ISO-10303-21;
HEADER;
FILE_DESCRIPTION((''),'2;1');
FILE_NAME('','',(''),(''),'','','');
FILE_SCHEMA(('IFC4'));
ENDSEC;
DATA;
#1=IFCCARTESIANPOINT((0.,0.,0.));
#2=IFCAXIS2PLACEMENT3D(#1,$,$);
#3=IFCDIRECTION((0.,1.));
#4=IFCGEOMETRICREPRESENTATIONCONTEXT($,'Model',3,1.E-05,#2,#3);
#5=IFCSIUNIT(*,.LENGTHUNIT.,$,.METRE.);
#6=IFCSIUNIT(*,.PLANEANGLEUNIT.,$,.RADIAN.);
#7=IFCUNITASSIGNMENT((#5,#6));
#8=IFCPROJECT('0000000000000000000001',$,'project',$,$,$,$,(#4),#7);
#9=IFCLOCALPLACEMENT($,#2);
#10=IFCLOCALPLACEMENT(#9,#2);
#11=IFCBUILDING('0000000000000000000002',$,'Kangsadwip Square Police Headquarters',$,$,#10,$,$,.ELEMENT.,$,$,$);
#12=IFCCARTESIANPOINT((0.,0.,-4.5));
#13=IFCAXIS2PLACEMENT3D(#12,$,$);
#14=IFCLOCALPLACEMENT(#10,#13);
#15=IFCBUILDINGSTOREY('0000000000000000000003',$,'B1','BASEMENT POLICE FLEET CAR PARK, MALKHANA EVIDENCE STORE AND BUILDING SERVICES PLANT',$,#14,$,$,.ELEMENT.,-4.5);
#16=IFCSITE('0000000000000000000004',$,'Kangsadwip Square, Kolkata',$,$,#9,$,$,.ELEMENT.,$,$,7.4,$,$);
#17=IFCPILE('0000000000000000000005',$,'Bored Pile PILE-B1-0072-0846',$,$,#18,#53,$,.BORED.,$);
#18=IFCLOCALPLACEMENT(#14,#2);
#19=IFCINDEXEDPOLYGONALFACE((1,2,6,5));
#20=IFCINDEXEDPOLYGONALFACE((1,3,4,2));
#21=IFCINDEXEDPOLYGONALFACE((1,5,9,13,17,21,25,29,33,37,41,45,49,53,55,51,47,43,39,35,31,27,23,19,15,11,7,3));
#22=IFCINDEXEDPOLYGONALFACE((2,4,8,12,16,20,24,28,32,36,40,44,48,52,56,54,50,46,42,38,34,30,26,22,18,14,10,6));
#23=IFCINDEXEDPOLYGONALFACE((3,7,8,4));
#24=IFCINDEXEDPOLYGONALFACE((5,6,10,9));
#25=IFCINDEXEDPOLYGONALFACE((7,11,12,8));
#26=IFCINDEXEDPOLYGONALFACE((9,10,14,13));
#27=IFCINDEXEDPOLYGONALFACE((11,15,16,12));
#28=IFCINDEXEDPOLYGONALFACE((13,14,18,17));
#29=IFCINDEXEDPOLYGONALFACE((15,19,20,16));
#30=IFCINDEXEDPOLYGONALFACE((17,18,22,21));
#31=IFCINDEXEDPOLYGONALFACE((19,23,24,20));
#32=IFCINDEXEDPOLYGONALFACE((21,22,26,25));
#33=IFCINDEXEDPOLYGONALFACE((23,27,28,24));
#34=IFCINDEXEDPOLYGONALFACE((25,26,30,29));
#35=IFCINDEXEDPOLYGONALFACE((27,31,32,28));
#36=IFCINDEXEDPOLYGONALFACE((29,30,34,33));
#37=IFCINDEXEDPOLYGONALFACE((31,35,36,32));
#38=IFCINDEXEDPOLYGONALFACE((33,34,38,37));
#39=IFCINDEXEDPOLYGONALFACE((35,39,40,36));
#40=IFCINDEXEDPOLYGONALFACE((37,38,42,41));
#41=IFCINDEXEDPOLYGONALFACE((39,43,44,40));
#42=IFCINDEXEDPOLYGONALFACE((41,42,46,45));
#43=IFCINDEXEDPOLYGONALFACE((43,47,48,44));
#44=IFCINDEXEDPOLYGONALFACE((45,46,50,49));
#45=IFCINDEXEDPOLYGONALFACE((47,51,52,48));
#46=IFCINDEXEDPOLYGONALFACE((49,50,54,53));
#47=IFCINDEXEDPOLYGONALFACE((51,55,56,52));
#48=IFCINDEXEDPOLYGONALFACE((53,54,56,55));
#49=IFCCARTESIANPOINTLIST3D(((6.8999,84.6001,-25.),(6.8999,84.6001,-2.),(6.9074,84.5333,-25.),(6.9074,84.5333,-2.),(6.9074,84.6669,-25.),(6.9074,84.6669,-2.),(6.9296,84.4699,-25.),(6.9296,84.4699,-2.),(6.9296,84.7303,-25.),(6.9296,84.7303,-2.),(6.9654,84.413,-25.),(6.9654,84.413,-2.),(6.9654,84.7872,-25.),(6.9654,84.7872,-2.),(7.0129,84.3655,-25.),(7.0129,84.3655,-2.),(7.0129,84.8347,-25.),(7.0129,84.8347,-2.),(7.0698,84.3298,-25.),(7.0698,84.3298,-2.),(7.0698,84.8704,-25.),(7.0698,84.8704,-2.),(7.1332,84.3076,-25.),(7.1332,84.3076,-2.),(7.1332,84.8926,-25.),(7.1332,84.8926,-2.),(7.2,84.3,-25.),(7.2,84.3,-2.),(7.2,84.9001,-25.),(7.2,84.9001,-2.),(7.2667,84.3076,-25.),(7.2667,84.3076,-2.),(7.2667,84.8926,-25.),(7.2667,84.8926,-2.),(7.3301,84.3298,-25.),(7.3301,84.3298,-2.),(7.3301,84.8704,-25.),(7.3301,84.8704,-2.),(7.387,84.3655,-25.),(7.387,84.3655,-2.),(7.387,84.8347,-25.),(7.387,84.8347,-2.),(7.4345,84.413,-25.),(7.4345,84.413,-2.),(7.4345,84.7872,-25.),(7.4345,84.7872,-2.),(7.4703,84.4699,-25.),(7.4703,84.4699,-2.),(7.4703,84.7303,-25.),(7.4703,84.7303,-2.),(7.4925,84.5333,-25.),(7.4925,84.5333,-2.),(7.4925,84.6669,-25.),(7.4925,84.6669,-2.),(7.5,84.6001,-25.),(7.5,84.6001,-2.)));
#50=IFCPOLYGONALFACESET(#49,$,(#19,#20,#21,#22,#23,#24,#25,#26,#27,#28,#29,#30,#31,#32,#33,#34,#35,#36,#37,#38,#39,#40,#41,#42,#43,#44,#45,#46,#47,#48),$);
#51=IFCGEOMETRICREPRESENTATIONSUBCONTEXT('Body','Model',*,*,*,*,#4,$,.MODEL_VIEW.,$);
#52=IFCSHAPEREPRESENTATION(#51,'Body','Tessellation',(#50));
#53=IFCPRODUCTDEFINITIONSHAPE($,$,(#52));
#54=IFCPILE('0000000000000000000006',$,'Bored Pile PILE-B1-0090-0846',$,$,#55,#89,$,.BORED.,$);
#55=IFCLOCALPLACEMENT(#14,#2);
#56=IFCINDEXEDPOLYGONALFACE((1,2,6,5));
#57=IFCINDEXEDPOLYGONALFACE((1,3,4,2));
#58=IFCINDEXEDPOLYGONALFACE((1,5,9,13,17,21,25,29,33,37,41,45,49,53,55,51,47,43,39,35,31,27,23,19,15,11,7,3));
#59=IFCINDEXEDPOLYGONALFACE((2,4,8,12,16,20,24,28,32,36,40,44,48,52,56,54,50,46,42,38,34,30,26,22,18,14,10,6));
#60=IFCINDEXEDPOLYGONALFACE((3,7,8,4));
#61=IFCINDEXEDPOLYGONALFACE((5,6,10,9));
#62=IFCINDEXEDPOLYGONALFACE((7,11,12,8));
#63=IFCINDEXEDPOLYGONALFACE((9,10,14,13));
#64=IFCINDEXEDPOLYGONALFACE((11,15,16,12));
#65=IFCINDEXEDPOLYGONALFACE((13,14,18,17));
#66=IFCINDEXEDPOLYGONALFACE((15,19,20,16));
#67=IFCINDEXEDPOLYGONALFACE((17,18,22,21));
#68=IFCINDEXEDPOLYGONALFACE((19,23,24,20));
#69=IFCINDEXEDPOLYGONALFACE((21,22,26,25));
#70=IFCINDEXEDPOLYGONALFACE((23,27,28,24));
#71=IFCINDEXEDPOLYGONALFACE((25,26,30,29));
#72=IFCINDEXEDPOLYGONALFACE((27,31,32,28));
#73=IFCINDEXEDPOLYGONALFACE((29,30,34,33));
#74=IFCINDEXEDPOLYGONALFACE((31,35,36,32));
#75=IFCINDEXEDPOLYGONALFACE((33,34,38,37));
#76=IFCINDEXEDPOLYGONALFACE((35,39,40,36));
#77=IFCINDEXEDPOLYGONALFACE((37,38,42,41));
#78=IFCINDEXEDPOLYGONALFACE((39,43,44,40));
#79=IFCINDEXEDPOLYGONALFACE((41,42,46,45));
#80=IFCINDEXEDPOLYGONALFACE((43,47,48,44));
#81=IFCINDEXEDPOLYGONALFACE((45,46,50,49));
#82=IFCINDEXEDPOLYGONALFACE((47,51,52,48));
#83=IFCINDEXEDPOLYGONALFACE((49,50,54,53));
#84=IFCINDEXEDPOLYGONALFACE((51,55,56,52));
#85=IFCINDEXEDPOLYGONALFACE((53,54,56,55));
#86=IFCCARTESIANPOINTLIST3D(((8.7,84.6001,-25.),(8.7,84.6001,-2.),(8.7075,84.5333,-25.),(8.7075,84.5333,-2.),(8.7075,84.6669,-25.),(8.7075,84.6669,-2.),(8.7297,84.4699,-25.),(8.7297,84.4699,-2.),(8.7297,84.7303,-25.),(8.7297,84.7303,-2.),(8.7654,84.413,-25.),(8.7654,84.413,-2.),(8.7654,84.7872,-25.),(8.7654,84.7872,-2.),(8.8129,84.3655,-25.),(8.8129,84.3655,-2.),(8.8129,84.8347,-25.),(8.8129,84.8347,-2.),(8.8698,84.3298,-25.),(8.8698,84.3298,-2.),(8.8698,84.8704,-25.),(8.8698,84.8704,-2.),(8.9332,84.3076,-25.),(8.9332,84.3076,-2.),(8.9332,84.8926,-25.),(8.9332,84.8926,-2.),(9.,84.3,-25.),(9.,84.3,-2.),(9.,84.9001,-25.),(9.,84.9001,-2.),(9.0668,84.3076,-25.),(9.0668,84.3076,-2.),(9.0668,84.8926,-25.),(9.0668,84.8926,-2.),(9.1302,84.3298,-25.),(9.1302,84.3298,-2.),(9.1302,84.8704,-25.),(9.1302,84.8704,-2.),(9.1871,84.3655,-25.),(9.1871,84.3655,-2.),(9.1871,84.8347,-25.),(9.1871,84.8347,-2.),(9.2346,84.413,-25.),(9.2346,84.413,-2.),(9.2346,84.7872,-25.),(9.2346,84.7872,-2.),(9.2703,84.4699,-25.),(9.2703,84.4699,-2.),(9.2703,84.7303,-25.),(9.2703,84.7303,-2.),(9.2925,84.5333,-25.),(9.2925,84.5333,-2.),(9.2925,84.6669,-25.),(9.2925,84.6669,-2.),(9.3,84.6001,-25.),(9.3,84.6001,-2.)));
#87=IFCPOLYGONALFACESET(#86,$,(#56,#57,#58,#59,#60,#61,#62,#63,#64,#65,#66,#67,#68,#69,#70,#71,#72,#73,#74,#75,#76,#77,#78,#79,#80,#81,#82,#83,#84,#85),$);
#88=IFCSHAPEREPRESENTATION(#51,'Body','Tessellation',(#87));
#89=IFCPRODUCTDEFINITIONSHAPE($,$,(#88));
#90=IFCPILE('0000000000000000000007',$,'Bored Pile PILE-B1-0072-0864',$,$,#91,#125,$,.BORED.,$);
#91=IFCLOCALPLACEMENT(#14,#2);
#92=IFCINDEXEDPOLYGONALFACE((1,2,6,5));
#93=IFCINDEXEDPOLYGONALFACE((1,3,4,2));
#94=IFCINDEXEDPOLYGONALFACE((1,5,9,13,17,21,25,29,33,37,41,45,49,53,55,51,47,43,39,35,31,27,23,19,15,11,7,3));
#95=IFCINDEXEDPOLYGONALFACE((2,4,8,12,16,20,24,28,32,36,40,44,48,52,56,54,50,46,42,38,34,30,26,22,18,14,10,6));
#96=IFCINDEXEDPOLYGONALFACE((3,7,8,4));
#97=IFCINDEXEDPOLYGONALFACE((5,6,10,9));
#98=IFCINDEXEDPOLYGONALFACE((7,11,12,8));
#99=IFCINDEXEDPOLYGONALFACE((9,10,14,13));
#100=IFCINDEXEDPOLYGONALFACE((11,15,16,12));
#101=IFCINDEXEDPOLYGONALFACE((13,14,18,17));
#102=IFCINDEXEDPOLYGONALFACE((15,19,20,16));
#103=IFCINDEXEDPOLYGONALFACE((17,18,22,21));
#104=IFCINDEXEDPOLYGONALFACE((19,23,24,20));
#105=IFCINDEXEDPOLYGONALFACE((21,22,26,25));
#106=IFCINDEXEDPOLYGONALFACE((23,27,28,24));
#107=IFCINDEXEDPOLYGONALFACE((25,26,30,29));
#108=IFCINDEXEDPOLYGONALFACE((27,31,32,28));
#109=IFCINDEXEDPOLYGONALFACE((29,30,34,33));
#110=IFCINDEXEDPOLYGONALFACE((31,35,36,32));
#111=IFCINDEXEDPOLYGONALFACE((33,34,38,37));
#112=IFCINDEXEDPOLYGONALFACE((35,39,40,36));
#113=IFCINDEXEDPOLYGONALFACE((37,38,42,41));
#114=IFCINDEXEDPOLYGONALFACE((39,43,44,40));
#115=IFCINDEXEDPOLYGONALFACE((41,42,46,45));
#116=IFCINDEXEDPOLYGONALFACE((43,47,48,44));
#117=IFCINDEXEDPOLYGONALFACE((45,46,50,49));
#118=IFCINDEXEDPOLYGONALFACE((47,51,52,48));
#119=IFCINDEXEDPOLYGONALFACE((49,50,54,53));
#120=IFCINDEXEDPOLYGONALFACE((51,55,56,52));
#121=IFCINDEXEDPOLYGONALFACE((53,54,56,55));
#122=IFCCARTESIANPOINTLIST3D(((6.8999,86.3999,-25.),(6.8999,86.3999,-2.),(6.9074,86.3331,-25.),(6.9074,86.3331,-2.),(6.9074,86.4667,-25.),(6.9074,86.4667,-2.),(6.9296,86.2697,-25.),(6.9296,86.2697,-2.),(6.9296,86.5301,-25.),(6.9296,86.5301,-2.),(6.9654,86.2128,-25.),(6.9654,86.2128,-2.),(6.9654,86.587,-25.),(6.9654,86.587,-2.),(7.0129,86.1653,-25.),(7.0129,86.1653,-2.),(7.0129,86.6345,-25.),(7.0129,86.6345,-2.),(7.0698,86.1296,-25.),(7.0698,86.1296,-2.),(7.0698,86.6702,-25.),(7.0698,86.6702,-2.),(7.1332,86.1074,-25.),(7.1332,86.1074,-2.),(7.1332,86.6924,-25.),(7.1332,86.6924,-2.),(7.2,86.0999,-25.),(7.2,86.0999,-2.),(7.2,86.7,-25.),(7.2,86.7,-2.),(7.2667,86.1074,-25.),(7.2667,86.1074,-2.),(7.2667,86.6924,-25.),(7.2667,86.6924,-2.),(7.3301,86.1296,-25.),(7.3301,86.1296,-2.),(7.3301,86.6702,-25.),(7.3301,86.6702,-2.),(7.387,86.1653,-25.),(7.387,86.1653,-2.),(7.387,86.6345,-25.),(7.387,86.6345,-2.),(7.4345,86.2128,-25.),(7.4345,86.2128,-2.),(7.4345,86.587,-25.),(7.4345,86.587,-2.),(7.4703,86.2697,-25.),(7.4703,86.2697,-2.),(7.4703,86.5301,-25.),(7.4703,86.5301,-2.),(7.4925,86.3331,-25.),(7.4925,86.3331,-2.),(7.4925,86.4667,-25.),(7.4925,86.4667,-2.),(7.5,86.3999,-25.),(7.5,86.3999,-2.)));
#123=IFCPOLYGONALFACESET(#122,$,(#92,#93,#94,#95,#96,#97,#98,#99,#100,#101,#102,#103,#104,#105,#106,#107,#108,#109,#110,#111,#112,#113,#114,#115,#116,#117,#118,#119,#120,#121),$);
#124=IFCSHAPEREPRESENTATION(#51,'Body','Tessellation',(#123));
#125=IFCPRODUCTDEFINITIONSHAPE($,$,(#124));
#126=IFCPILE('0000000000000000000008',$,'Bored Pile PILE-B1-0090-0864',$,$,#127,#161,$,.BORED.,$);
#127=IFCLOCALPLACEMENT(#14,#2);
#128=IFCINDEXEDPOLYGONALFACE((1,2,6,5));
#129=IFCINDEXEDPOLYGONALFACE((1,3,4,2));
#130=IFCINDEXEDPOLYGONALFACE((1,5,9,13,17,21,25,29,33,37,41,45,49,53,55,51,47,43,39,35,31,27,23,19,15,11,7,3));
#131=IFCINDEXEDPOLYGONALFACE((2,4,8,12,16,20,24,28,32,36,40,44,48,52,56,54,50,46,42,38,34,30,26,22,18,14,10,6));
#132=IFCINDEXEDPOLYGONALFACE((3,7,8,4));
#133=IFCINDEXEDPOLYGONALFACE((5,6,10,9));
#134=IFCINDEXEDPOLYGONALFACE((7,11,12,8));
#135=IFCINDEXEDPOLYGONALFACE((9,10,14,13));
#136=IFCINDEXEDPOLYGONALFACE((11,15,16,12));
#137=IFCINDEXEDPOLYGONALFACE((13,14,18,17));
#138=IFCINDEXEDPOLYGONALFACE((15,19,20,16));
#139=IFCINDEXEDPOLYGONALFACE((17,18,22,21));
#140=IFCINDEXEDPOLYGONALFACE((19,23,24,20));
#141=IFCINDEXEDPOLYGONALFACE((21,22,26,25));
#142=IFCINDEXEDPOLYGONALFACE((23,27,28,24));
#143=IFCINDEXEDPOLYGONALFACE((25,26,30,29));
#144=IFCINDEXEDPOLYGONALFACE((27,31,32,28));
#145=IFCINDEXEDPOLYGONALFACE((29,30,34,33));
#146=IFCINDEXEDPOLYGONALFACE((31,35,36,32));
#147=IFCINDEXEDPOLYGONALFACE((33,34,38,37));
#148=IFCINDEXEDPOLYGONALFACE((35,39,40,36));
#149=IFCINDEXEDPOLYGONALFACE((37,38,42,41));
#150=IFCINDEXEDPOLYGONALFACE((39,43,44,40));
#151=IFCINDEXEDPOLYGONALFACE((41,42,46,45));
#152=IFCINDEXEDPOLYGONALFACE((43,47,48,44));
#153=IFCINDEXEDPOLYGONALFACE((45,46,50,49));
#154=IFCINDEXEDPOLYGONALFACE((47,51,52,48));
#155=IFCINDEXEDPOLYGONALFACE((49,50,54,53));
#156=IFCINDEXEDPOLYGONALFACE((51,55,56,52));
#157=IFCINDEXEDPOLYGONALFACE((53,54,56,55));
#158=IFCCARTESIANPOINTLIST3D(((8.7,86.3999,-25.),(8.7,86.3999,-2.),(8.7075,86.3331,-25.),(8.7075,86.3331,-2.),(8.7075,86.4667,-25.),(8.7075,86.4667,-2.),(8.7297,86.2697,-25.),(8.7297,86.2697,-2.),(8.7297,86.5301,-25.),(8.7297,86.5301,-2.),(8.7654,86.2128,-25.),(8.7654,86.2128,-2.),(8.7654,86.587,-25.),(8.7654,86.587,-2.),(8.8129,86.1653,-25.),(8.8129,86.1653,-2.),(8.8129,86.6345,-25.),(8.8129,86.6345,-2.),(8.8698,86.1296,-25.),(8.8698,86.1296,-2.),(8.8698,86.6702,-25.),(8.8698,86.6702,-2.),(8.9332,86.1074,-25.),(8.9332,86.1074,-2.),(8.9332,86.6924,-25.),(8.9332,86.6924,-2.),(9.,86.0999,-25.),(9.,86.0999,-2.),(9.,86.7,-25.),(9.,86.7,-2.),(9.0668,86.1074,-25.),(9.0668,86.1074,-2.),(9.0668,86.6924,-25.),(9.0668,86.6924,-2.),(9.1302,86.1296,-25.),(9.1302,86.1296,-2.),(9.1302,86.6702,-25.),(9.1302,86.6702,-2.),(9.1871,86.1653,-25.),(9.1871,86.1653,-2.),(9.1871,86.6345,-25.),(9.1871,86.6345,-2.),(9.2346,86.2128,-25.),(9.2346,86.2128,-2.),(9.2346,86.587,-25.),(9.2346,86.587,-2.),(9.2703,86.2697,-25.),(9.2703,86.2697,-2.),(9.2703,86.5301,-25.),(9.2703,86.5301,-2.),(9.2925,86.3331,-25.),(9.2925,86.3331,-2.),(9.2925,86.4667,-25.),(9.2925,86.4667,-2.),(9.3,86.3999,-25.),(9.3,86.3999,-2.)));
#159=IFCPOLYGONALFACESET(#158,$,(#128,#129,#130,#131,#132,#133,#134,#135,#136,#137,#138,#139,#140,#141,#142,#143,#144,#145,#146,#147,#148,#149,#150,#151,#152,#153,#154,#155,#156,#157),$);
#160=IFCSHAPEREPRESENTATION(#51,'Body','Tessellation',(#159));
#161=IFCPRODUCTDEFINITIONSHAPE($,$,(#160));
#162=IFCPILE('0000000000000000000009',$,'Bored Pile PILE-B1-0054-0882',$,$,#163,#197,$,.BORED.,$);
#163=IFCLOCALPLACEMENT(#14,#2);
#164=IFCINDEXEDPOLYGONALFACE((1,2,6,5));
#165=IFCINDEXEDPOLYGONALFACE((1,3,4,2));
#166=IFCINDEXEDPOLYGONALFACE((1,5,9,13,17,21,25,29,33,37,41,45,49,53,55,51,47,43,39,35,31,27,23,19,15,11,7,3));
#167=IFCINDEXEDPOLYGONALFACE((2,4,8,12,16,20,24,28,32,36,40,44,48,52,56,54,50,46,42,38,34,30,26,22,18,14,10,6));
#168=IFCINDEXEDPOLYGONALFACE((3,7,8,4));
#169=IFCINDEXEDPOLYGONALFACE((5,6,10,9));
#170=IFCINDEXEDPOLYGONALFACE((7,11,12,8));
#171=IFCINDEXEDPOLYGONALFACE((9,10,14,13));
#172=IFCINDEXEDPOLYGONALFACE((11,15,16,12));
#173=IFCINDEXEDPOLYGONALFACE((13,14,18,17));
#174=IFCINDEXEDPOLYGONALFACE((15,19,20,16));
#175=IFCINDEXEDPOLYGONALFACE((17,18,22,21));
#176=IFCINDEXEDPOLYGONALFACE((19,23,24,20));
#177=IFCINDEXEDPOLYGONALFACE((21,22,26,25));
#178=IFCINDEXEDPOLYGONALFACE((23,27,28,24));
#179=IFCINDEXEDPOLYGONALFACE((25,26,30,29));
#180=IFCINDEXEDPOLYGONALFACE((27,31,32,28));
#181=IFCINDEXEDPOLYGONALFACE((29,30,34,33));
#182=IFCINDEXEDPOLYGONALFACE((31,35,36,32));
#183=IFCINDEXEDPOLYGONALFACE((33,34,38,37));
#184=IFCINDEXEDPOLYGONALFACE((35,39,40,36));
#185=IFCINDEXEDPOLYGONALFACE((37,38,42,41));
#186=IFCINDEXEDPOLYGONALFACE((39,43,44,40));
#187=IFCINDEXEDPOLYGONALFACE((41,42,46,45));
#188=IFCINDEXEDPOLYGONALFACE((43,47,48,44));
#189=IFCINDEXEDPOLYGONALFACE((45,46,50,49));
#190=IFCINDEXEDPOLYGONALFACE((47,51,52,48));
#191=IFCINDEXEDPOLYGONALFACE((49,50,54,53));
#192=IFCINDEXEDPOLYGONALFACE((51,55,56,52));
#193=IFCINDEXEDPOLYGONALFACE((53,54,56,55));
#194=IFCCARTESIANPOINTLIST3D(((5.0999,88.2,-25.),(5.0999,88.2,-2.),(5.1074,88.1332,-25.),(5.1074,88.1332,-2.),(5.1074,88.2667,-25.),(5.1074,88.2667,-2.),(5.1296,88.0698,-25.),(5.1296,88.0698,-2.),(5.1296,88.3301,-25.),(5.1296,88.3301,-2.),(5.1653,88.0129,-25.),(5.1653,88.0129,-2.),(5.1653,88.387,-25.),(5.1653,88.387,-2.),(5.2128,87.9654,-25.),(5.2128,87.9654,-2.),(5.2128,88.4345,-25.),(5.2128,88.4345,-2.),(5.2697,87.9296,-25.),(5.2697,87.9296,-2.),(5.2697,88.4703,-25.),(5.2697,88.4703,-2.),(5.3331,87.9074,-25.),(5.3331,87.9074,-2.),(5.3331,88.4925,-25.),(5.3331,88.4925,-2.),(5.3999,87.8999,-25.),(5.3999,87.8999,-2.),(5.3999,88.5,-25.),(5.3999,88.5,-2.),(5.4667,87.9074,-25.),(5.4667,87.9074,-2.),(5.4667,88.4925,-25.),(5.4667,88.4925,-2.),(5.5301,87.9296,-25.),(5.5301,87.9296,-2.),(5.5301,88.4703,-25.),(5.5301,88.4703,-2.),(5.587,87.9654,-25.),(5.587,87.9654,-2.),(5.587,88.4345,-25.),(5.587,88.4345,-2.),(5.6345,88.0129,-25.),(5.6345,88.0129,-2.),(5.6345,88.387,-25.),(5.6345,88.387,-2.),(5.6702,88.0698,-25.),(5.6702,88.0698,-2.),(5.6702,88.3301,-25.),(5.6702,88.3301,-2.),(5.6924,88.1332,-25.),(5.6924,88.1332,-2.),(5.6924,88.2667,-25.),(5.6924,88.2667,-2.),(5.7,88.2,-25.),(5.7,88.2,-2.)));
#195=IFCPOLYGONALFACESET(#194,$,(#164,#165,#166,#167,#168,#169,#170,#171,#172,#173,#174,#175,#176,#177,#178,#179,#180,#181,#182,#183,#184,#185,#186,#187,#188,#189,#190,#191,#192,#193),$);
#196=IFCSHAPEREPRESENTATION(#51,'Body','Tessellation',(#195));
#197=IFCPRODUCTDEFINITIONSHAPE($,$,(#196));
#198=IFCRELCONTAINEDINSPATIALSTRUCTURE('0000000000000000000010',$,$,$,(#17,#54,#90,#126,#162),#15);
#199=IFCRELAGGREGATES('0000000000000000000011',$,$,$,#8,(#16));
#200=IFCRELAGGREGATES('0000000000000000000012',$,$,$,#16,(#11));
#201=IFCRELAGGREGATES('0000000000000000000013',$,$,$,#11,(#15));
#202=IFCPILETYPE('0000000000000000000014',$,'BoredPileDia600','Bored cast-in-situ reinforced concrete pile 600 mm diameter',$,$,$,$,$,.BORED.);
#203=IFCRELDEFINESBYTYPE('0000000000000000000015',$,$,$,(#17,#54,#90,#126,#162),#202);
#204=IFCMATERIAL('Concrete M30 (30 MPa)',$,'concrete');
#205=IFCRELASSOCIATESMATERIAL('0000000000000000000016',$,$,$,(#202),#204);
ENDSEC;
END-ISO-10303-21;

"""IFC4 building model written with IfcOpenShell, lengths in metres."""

from ifc_helpers import new_model, si_unit, direction, frame, origin, origin_2d, place, context, subcontext, project, spatial, circle, extrude, material, material_profile, profile_set, type_object, element, save


model = new_model("IFC4")

# Units and contexts
model_context = context("Model", 3, precision=1e-05, world=origin(), true_north=direction((0.0, 1.0)))
body_context = subcontext(model_context, "Body", "Model", "MODEL_VIEW")
ifc_project = project(units=[si_unit("LENGTHUNIT", "METRE"), si_unit("PLANEANGLEUNIT", "RADIAN")], contexts=[model_context])

# Site, building, storey
site_placement = place(None, origin())
site = spatial("IfcSite", under=ifc_project, at=site_placement, Name="Kangsadwip Square, Kolkata", CompositionType="ELEMENT", RefElevation=7.4)
building_placement = place(site_placement, origin())
building = spatial("IfcBuilding", under=site, at=building_placement, Name="Kangsadwip Square Police Headquarters", CompositionType="ELEMENT")
storey_placement = place(building_placement, frame((0.0, 0.0, -4.5)))
storey = spatial("IfcBuildingStorey", under=building, at=storey_placement, Name="B1", Description="BASEMENT POLICE FLEET CAR PARK, MALKHANA EVIDENCE STORE AND BUILDING SERVICES PLANT", CompositionType="ELEMENT", Elevation=-4.5)

# Piles
ifc_material_1 = material(Name="Concrete M30 (30 MPa)", Category="concrete")
ifc_material_profile_1 = material_profile(ifc_material_1, circle(Radius=0.3, at=origin_2d()), Name="PILE DIA 600")
ifc_profile_set_1 = profile_set([ifc_material_profile_1], Name="Concrete M30 (30 MPa)")
pile_type_1 = type_object("IfcPileType", Name="BoredPileDia600", Description="Bored cast-in-situ reinforced concrete pile 600 mm diameter", PredefinedType="BORED", material=ifc_profile_set_1)
for number, where, z_axis, x_axis, name in (
    (1, (7.2, 84.6001, -2.0), (0.0, 0.0, -1.0), (1.0, 0.0, 0.0), "Bored Pile PILE-B1-0072-0846"),
    (2, (9.0, 84.6001, -2.0), (0.0, 0.0, -1.0), (1.0, 0.0, 0.0), "Bored Pile PILE-B1-0090-0846"),
    (3, (7.2, 86.3999, -2.0), (0.0, 0.0, -1.0), (1.0, 0.0, 0.0), "Bored Pile PILE-B1-0072-0864"),
    (4, (9.0, 86.3999, -2.0), (0.0, 0.0, -1.0), (1.0, 0.0, 0.0), "Bored Pile PILE-B1-0090-0864"),
    (5, (5.3999, 88.2, -2.0), (0.0, 0.0, -1.0), (1.0, 0.0, 0.0), "Bored Pile PILE-B1-0054-0882"),
):
    element("IfcPile", number, at=place(storey_placement, frame(where, z_axis=z_axis, x_axis=x_axis)), inside=storey, type_object=pile_type_1, Name=name, PredefinedType="BORED", context=body_context, shape_type="SweptSolid", body=[
        extrude(circle(Radius=0.3, at=origin_2d()), origin(), (0.0, 0.0, 1.0), 23.0),
    ])

save(model, "model.ifc")
